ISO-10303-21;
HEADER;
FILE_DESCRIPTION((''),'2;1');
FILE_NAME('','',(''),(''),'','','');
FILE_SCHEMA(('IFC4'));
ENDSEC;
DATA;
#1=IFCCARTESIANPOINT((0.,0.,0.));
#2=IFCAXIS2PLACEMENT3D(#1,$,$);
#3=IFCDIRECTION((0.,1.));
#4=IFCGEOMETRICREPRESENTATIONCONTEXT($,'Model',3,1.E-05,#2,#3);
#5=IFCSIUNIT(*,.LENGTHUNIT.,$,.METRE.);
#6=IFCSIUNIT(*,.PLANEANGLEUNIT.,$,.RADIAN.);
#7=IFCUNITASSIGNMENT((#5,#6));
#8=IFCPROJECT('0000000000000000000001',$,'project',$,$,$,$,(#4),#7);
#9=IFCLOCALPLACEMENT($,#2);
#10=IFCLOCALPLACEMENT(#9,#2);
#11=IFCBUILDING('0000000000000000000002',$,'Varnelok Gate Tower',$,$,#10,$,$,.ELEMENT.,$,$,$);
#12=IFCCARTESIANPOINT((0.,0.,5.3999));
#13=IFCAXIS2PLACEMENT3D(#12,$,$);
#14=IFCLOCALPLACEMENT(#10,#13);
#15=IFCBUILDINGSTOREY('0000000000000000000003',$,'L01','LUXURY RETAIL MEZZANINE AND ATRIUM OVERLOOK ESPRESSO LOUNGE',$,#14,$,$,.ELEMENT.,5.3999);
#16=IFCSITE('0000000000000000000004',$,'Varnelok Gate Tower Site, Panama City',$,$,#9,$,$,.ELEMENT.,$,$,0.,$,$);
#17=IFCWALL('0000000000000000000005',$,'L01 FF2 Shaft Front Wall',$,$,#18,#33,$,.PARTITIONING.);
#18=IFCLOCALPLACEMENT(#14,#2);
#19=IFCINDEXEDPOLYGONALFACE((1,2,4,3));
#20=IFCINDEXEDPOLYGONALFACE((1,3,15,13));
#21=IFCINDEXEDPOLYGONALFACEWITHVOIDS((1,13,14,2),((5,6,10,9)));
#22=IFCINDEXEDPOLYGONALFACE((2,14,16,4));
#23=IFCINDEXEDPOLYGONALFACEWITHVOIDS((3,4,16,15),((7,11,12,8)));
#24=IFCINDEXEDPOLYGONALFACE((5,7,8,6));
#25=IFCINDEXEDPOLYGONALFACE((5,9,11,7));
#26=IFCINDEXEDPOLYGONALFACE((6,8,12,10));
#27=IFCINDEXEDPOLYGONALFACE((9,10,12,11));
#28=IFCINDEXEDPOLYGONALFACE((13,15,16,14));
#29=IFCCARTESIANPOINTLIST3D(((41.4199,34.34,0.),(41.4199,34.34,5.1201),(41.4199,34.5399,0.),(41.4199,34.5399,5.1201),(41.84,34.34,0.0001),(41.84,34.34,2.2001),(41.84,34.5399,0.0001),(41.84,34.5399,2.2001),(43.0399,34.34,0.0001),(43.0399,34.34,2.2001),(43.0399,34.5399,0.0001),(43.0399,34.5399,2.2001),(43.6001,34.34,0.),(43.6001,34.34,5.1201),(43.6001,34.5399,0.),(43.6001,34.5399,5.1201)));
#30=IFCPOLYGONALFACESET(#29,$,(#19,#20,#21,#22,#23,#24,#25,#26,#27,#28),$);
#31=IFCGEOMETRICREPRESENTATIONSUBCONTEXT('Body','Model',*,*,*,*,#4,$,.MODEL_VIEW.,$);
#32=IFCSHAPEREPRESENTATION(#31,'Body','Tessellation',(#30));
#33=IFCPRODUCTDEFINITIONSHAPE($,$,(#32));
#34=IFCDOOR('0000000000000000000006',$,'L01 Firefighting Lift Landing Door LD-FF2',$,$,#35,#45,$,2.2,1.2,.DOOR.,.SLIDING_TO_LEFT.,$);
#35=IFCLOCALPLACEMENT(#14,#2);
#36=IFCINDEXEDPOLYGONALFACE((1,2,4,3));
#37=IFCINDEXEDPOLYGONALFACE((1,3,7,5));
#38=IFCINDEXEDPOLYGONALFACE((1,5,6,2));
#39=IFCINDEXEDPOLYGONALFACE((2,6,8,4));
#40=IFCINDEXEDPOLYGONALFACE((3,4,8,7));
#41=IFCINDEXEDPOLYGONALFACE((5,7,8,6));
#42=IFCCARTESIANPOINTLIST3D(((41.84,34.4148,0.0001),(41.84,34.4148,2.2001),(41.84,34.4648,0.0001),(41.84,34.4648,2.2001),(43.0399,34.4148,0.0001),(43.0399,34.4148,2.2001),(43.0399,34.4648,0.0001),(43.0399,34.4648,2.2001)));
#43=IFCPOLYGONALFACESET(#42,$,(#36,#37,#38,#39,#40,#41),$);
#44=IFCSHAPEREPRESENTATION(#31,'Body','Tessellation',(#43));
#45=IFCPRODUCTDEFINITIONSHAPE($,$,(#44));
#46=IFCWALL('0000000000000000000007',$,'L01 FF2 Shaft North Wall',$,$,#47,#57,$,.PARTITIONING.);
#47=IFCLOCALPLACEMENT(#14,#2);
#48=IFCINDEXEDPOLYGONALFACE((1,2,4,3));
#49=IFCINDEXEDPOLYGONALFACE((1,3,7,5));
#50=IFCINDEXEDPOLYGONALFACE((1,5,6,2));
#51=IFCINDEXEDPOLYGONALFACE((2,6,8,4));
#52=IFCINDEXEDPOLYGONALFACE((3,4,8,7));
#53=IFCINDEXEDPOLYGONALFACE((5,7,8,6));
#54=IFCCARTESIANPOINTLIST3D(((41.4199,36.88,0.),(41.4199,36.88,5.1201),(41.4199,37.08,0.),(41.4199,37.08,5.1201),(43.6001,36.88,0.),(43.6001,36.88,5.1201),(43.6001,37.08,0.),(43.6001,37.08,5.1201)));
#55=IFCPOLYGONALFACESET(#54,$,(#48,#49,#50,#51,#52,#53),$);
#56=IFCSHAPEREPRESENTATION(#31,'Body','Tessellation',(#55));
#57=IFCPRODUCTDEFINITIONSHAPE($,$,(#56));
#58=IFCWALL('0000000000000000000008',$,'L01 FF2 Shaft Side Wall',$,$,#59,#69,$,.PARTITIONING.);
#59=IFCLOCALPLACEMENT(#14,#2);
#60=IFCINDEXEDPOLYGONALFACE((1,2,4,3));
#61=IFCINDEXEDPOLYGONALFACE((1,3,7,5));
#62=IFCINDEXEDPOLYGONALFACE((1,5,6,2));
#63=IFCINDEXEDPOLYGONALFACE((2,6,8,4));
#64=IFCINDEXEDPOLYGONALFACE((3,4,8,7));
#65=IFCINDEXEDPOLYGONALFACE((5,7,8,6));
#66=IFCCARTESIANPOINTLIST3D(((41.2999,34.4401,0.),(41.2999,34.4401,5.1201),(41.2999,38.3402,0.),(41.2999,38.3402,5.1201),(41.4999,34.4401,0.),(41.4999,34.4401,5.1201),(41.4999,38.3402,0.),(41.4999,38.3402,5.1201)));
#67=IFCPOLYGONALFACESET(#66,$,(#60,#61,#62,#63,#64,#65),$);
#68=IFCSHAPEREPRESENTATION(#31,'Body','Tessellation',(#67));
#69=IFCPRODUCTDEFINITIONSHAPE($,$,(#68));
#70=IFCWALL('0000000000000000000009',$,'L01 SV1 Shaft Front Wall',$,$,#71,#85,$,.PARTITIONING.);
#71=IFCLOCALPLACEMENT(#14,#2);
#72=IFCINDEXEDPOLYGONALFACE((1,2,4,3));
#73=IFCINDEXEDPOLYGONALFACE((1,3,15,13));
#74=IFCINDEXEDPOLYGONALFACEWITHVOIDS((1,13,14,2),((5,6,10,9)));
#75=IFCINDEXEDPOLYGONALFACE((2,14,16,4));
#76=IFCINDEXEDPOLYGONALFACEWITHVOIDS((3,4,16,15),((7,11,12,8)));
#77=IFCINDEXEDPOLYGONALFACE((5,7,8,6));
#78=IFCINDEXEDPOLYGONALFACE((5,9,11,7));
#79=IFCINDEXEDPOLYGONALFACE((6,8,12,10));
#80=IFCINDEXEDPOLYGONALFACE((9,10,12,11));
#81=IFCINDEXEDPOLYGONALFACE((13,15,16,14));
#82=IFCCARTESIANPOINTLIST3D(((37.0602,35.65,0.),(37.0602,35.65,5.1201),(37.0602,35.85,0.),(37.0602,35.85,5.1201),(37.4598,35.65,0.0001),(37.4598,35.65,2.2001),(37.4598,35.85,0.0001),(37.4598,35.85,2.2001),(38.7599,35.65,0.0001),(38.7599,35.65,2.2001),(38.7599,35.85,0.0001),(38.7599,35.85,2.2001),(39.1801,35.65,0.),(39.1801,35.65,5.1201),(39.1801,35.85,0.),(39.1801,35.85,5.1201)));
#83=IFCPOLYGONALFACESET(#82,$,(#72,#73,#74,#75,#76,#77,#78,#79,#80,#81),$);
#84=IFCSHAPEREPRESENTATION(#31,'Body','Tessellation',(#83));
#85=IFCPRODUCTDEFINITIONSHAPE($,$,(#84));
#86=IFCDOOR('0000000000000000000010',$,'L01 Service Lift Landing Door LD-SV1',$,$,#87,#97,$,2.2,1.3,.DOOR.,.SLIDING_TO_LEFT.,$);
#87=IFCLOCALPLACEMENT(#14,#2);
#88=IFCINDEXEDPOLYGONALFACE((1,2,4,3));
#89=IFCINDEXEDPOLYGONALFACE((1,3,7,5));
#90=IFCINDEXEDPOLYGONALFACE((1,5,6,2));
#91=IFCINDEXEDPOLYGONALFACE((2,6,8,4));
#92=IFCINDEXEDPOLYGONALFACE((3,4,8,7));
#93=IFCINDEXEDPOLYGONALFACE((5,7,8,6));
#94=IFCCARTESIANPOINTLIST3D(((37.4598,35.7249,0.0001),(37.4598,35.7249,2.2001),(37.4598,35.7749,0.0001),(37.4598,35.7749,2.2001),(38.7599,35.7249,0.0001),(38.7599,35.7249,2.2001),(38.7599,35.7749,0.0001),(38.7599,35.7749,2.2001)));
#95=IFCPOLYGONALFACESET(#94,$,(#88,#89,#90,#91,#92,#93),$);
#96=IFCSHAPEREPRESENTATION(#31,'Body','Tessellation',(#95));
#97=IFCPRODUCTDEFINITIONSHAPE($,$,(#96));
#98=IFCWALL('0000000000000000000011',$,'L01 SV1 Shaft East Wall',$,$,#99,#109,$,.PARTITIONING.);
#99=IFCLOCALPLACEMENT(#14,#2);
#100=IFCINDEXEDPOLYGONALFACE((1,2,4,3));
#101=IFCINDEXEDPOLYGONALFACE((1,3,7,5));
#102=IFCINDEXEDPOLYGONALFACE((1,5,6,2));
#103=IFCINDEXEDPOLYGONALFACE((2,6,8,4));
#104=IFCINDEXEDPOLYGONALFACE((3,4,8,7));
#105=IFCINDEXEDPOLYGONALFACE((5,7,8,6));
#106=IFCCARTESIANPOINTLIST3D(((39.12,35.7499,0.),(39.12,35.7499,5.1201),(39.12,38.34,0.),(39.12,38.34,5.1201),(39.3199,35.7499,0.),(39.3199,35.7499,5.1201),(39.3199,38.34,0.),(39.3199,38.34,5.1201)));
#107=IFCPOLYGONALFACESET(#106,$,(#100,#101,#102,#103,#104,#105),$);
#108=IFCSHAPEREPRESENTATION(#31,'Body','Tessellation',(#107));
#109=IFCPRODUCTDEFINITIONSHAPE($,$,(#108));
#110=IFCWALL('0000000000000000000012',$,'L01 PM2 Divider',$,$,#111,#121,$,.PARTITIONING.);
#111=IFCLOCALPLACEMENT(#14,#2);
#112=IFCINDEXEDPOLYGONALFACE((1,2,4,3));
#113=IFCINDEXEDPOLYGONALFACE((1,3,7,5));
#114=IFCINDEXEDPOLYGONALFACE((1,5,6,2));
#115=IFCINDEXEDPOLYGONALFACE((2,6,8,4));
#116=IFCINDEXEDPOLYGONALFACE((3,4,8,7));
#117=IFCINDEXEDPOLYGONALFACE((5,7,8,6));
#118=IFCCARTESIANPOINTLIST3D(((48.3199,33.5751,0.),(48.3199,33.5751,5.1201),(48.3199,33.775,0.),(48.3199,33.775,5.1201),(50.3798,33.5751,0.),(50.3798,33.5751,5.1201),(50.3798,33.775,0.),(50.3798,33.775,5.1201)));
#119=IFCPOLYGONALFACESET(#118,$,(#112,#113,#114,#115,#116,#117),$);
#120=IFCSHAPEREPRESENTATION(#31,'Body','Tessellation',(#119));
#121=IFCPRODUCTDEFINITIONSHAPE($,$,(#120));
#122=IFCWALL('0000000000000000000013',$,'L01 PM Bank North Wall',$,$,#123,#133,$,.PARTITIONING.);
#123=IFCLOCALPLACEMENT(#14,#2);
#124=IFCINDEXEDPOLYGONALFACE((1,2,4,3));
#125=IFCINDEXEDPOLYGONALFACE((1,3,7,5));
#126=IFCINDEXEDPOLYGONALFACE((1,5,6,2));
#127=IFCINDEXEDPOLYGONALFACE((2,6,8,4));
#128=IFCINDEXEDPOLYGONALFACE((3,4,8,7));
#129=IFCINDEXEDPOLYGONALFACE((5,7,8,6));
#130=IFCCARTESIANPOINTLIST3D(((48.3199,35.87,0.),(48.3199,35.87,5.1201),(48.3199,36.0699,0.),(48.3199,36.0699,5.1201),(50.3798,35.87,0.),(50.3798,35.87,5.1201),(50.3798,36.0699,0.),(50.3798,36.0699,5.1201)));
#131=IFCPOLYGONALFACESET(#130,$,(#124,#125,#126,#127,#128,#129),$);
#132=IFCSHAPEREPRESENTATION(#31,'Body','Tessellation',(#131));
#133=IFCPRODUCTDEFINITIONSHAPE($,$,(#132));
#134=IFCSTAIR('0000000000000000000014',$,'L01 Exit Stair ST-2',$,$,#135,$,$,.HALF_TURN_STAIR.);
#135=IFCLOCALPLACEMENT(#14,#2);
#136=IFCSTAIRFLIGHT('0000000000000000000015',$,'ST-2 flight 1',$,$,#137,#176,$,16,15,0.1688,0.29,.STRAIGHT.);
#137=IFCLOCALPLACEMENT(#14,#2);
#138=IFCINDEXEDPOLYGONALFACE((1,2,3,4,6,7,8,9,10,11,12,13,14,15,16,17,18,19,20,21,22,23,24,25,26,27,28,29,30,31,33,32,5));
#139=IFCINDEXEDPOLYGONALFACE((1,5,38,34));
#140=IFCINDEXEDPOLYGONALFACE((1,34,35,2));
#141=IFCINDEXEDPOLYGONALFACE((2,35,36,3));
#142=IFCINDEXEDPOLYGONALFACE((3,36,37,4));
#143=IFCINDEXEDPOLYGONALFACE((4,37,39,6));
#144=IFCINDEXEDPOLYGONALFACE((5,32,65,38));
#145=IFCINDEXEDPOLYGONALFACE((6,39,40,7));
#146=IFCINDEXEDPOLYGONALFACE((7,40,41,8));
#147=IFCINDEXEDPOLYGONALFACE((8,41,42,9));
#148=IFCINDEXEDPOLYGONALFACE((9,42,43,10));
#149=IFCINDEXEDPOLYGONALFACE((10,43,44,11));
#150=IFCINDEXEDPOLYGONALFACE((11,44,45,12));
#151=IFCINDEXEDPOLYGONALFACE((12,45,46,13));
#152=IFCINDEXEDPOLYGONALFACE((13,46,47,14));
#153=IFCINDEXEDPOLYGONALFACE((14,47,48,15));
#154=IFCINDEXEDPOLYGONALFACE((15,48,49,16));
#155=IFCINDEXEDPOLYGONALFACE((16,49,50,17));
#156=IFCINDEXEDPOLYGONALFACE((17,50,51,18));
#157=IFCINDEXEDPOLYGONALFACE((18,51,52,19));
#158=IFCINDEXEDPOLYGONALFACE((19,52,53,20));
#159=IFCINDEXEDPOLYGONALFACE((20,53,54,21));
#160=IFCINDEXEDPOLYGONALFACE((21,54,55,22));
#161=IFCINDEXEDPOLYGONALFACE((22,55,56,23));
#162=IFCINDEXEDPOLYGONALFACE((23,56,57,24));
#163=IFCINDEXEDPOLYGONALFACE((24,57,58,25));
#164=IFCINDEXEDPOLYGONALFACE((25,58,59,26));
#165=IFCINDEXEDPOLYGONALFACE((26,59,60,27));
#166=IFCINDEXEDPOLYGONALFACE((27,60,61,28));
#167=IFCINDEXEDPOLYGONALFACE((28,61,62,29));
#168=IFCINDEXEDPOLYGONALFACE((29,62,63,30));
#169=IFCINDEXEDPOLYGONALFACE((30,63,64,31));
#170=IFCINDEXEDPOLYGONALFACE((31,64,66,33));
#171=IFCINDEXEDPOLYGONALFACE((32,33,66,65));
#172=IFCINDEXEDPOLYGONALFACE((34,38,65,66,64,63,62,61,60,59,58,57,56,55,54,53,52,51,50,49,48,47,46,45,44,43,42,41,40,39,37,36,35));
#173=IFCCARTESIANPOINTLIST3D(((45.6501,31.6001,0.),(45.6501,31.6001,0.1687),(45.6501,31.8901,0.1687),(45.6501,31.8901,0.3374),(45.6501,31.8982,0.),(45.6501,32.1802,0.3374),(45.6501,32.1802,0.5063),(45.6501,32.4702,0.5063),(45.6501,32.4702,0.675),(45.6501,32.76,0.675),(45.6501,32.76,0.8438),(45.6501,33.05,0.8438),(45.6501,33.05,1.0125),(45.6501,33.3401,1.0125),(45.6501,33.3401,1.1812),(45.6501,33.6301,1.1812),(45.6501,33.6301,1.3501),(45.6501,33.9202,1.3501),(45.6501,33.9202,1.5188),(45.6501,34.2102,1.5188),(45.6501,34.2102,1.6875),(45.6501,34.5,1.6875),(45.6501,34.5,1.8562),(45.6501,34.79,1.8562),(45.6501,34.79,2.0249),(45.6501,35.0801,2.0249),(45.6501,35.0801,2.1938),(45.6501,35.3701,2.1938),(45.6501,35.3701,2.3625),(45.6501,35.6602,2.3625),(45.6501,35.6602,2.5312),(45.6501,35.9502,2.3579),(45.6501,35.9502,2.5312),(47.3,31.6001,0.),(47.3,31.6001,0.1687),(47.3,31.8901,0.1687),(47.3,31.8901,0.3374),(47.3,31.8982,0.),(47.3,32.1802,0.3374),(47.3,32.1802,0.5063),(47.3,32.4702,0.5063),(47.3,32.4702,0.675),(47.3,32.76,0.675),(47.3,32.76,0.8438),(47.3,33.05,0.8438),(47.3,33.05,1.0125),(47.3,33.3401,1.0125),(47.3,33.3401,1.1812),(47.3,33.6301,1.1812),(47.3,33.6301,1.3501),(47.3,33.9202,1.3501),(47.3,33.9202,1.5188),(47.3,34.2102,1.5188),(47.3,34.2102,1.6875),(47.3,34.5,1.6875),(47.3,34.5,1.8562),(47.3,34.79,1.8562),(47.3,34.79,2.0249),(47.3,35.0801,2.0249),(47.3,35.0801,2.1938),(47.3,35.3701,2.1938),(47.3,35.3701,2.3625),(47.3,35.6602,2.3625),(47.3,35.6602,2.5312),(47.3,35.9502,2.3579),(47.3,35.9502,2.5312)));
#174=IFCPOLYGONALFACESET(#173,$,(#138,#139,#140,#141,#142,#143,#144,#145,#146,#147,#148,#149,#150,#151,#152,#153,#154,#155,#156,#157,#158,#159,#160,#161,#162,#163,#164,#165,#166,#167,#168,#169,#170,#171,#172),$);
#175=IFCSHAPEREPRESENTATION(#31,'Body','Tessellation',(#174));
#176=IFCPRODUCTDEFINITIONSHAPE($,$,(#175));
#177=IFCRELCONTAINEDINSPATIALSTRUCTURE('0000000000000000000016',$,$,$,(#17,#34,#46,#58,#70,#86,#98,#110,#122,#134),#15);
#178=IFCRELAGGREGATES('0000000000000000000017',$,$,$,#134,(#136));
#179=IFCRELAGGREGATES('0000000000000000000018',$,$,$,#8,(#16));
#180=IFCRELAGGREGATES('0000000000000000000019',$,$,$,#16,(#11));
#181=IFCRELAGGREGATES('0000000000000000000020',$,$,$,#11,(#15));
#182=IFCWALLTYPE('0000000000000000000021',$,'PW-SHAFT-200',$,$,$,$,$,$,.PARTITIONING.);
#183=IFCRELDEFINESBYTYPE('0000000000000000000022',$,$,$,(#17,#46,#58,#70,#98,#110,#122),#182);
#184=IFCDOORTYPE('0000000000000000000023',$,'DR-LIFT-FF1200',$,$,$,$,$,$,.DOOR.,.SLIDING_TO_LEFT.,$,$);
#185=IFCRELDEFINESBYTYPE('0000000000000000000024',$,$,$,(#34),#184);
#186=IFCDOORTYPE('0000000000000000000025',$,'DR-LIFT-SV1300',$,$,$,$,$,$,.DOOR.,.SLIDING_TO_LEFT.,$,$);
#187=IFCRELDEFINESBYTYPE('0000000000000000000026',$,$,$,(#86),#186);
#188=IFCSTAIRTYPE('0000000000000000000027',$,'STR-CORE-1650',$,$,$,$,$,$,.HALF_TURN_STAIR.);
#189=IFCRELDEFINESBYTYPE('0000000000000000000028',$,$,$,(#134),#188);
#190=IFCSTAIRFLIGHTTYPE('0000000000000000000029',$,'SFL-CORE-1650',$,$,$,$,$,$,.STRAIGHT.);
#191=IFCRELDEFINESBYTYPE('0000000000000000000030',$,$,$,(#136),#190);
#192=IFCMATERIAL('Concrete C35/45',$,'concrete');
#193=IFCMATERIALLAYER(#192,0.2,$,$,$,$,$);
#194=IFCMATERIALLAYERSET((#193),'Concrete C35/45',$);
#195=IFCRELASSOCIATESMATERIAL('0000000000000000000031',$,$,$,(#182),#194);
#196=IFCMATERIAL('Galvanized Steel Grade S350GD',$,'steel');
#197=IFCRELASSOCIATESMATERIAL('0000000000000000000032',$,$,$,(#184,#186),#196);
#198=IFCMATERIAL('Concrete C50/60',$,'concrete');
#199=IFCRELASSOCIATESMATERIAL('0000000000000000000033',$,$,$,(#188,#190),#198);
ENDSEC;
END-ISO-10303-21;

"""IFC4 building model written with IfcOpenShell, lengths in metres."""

from ifc_helpers import new_model, si_unit, direction, frame, frame_2d, origin, place, context, subcontext, project, spatial, polyline, rectangle, outline, extrude, material, layer, layer_set, type_object, element, fill, aggregate, save


model = new_model("IFC4")

# Units and contexts
model_context = context("Model", 3, precision=1e-05, world=origin(), true_north=direction((0.0, 1.0)))
body_context = subcontext(model_context, "Body", "Model", "MODEL_VIEW")
ifc_project = project(units=[si_unit("LENGTHUNIT", "METRE"), si_unit("PLANEANGLEUNIT", "RADIAN")], contexts=[model_context])

# Site, building, storey
site_placement = place(None, origin())
site = spatial("IfcSite", under=ifc_project, at=site_placement, Name="Varnelok Gate Tower Site, Panama City", CompositionType="ELEMENT", RefElevation=0.0)
building_placement = place(site_placement, origin())
building = spatial("IfcBuilding", under=site, at=building_placement, Name="Varnelok Gate Tower", CompositionType="ELEMENT")
storey_placement = place(building_placement, frame((0.0, 0.0, 5.3999)))
storey = spatial("IfcBuildingStorey", under=building, at=storey_placement, Name="L01", Description="LUXURY RETAIL MEZZANINE AND ATRIUM OVERLOOK ESPRESSO LOUNGE", CompositionType="ELEMENT", Elevation=5.3999)

# Shared definitions
ifc_material_1 = material(Name="Galvanized Steel Grade S350GD", Category="steel")

# Shared definitions
ifc_material_2 = material(Name="Concrete C35/45", Category="concrete")
ifc_layer_1 = layer(ifc_material_2, 0.2)
ifc_layer_set_1 = layer_set([ifc_layer_1], Name="Concrete C35/45")
wall_type_1 = type_object("IfcWallType", Name="PW-SHAFT-200", PredefinedType="PARTITIONING", material=ifc_layer_set_1)

# Wall, opening, door
wall_1_placement = place(storey_placement, frame((41.4199, 34.4399, 0.0), z_axis=(0.0, 0.0, 1.0), x_axis=(1.0, 0.0, 0.0)))
wall_1 = element("IfcWall", 1, at=wall_1_placement, inside=storey, type_object=wall_type_1, Name="L01 FF2 Shaft Front Wall", PredefinedType="PARTITIONING", context=body_context, shape_type="SweptSolid", body=[
    extrude(rectangle(XDim=2.1802, YDim=0.2, at=frame_2d((1.0901, 0.0))), origin(), (0.0, 0.0, 1.0), 5.1201),
])
opening_1_placement = place(wall_1_placement, frame((0.4199, 0.0, 0.0)))
opening_1 = element("IfcOpeningElement", 2, at=opening_1_placement, cuts=wall_1, PredefinedType="OPENING", context=body_context, shape_type="SweptSolid", body=[
    extrude(rectangle(XDim=1.2, YDim=2.2, at=frame_2d((0.6001, 1.1001))), frame((0.0, 0.1099, 0.0), z_axis=(0.0, -1.0, 0.0), x_axis=(1.0, 0.0, 0.0)), (0.0, 0.0, 1.0), 0.22),
])
door_type_1 = type_object("IfcDoorType", Name="DR-LIFT-FF1200", OperationType="SLIDING_TO_LEFT", PredefinedType="DOOR", material=ifc_material_1)
door_1_placement = place(opening_1_placement, origin())
door_1 = element("IfcDoor", 3, at=door_1_placement, inside=storey, type_object=door_type_1, Name="L01 Firefighting Lift Landing Door LD-FF2", OperationType="SLIDING_TO_LEFT", OverallHeight=2.2, OverallWidth=1.2, PredefinedType="DOOR", context=body_context, shape_type="SweptSolid", body=[
    extrude(rectangle(XDim=1.2, YDim=2.2, at=frame_2d((0.6001, 1.1001))), frame((0.0, 0.0249, 0.0), z_axis=(0.0, -1.0, 0.0), x_axis=(1.0, 0.0, 0.0)), (0.0, 0.0, 1.0), 0.05),
])
fill(opening_1, door_1)

# Walls
wall_2_placement = place(storey_placement, frame((41.4199, 36.98, 0.0), z_axis=(0.0, 0.0, 1.0), x_axis=(1.0, 0.0, 0.0)))
element("IfcWall", 4, at=wall_2_placement, inside=storey, type_object=wall_type_1, Name="L01 FF2 Shaft North Wall", PredefinedType="PARTITIONING", context=body_context, shape_type="SweptSolid", body=[
    extrude(rectangle(XDim=2.1802, YDim=0.2, at=frame_2d((1.0901, 0.0))), origin(), (0.0, 0.0, 1.0), 5.1201),
])
wall_3_placement = place(storey_placement, frame((41.3999, 34.4399, 0.0), z_axis=(0.0, 0.0, 1.0), x_axis=(0.0, 1.0, 0.0)))
element("IfcWall", 5, at=wall_3_placement, inside=storey, type_object=wall_type_1, Name="L01 FF2 Shaft Side Wall", PredefinedType="PARTITIONING", context=body_context, shape_type="SweptSolid", body=[
    extrude(rectangle(XDim=3.9001, YDim=0.2, at=frame_2d((1.9502, 0.0))), origin(), (0.0, 0.0, 1.0), 5.1201),
])

# Wall, opening, door
wall_4_placement = place(storey_placement, frame((37.0601, 35.75, 0.0), z_axis=(0.0, 0.0, 1.0), x_axis=(1.0, 0.0, 0.0)))
wall_4 = element("IfcWall", 6, at=wall_4_placement, inside=storey, type_object=wall_type_1, Name="L01 SV1 Shaft Front Wall", PredefinedType="PARTITIONING", context=body_context, shape_type="SweptSolid", body=[
    extrude(rectangle(XDim=2.1199, YDim=0.2, at=frame_2d((1.0601, 0.0))), origin(), (0.0, 0.0, 1.0), 5.1201),
])
opening_2_placement = place(wall_4_placement, frame((0.3999, 0.0, 0.0)))
opening_2 = element("IfcOpeningElement", 7, at=opening_2_placement, cuts=wall_4, PredefinedType="OPENING", context=body_context, shape_type="SweptSolid", body=[
    extrude(rectangle(XDim=1.3, YDim=2.2, at=frame_2d((0.6499, 1.1001))), frame((0.0, 0.1099, 0.0), z_axis=(0.0, -1.0, 0.0), x_axis=(1.0, 0.0, 0.0)), (0.0, 0.0, 1.0), 0.22),
])
door_type_2 = type_object("IfcDoorType", Name="DR-LIFT-SV1300", OperationType="SLIDING_TO_LEFT", PredefinedType="DOOR", material=ifc_material_1)
door_2_placement = place(opening_2_placement, origin())
door_2 = element("IfcDoor", 8, at=door_2_placement, inside=storey, type_object=door_type_2, Name="L01 Service Lift Landing Door LD-SV1", OperationType="SLIDING_TO_LEFT", OverallHeight=2.2, OverallWidth=1.3, PredefinedType="DOOR", context=body_context, shape_type="SweptSolid", body=[
    extrude(rectangle(XDim=1.3, YDim=2.2, at=frame_2d((0.6499, 1.1001))), frame((0.0, 0.0249, 0.0), z_axis=(0.0, -1.0, 0.0), x_axis=(1.0, 0.0, 0.0)), (0.0, 0.0, 1.0), 0.05),
])
fill(opening_2, door_2)

# Walls
wall_5_placement = place(storey_placement, frame((39.22, 35.75, 0.0), z_axis=(0.0, 0.0, 1.0), x_axis=(0.0, 1.0, 0.0)))
element("IfcWall", 9, at=wall_5_placement, inside=storey, type_object=wall_type_1, Name="L01 SV1 Shaft East Wall", PredefinedType="PARTITIONING", context=body_context, shape_type="SweptSolid", body=[
    extrude(rectangle(XDim=2.5901, YDim=0.2, at=frame_2d((1.2949, 0.0))), origin(), (0.0, 0.0, 1.0), 5.1201),
])
for number, where, z_axis, x_axis, name in (
    (10, (48.3201, 33.675, 0.0), (0.0, 0.0, 1.0), (1.0, 0.0, 0.0), "L01 PM2 Divider"),
    (11, (48.3201, 35.97, 0.0), (0.0, 0.0, 1.0), (1.0, 0.0, 0.0), "L01 PM Bank North Wall"),
):
    element("IfcWall", number, at=place(storey_placement, frame(where, z_axis=z_axis, x_axis=x_axis)), inside=storey, type_object=wall_type_1, Name=name, PredefinedType="PARTITIONING", context=body_context, shape_type="SweptSolid", body=[
        extrude(rectangle(XDim=2.0598, YDim=0.2, at=frame_2d((1.0298, 0.0))), origin(), (0.0, 0.0, 1.0), 5.1201),
    ])

# Stair, stair flight
ifc_material_3 = material(Name="Concrete C50/60", Category="concrete")
stair_type = type_object("IfcStairType", Name="STR-CORE-1650", PredefinedType="HALF_TURN_STAIR", material=ifc_material_3)
stair_placement = place(storey_placement, origin())
stair = element("IfcStair", 12, at=stair_placement, inside=storey, type_object=stair_type, Name="L01 Exit Stair ST-2", PredefinedType="HALF_TURN_STAIR")
stair_flight_type = type_object("IfcStairFlightType", Name="SFL-CORE-1650", PredefinedType="STRAIGHT", material=ifc_material_3)
stair_flight_1_placement = place(storey_placement, frame((46.4751, 31.6001, 0.0), z_axis=(0.0, 0.0, 1.0), x_axis=(0.0, 1.0, 0.0)))
stair_flight_1 = element("IfcStairFlight", 13, at=stair_flight_1_placement, type_object=stair_flight_type, Name="ST-2 flight 1", NumberOfRisers=16, NumberOfTreads=15, PredefinedType="STRAIGHT", RiserHeight=0.1688, TreadLength=0.29, context=body_context, shape_type="SweptSolid", body=[
    extrude(outline(polyline([(0.0, 0.0), (0.0, 0.1687), (0.29, 0.1687), (0.29, 0.3374), (0.5801, 0.3374), (0.5801, 0.5063), (0.8701, 0.5063), (0.8701, 0.675), (1.1599, 0.675), (1.1599, 0.8438), (1.45, 0.8438), (1.45, 1.0125), (1.74, 1.0125), (1.74, 1.1812), (2.03, 1.1812), (2.03, 1.3501), (2.3201, 1.3501), (2.3201, 1.5188), (2.6101, 1.5188), (2.6101, 1.6875), (2.8999, 1.6875), (2.8999, 1.8562), (3.1899, 1.8562), (3.1899, 2.0249), (3.48, 2.0249), (3.48, 2.1938), (3.77, 2.1938), (3.77, 2.3625), (4.0601, 2.3625), (4.0601, 2.5312), (4.3501, 2.5312), (4.3501, 2.7), (4.3501, 2.3579), (0.2981, 0.0), (0.0, 0.0)])), frame((0.0, 0.825, 0.0), z_axis=(0.0, -1.0, 0.0), x_axis=(1.0, 0.0, 0.0)), (0.0, 0.0, 1.0), 1.6499),
])
aggregate(stair, [stair_flight_1])

save(model, "model.ifc")
